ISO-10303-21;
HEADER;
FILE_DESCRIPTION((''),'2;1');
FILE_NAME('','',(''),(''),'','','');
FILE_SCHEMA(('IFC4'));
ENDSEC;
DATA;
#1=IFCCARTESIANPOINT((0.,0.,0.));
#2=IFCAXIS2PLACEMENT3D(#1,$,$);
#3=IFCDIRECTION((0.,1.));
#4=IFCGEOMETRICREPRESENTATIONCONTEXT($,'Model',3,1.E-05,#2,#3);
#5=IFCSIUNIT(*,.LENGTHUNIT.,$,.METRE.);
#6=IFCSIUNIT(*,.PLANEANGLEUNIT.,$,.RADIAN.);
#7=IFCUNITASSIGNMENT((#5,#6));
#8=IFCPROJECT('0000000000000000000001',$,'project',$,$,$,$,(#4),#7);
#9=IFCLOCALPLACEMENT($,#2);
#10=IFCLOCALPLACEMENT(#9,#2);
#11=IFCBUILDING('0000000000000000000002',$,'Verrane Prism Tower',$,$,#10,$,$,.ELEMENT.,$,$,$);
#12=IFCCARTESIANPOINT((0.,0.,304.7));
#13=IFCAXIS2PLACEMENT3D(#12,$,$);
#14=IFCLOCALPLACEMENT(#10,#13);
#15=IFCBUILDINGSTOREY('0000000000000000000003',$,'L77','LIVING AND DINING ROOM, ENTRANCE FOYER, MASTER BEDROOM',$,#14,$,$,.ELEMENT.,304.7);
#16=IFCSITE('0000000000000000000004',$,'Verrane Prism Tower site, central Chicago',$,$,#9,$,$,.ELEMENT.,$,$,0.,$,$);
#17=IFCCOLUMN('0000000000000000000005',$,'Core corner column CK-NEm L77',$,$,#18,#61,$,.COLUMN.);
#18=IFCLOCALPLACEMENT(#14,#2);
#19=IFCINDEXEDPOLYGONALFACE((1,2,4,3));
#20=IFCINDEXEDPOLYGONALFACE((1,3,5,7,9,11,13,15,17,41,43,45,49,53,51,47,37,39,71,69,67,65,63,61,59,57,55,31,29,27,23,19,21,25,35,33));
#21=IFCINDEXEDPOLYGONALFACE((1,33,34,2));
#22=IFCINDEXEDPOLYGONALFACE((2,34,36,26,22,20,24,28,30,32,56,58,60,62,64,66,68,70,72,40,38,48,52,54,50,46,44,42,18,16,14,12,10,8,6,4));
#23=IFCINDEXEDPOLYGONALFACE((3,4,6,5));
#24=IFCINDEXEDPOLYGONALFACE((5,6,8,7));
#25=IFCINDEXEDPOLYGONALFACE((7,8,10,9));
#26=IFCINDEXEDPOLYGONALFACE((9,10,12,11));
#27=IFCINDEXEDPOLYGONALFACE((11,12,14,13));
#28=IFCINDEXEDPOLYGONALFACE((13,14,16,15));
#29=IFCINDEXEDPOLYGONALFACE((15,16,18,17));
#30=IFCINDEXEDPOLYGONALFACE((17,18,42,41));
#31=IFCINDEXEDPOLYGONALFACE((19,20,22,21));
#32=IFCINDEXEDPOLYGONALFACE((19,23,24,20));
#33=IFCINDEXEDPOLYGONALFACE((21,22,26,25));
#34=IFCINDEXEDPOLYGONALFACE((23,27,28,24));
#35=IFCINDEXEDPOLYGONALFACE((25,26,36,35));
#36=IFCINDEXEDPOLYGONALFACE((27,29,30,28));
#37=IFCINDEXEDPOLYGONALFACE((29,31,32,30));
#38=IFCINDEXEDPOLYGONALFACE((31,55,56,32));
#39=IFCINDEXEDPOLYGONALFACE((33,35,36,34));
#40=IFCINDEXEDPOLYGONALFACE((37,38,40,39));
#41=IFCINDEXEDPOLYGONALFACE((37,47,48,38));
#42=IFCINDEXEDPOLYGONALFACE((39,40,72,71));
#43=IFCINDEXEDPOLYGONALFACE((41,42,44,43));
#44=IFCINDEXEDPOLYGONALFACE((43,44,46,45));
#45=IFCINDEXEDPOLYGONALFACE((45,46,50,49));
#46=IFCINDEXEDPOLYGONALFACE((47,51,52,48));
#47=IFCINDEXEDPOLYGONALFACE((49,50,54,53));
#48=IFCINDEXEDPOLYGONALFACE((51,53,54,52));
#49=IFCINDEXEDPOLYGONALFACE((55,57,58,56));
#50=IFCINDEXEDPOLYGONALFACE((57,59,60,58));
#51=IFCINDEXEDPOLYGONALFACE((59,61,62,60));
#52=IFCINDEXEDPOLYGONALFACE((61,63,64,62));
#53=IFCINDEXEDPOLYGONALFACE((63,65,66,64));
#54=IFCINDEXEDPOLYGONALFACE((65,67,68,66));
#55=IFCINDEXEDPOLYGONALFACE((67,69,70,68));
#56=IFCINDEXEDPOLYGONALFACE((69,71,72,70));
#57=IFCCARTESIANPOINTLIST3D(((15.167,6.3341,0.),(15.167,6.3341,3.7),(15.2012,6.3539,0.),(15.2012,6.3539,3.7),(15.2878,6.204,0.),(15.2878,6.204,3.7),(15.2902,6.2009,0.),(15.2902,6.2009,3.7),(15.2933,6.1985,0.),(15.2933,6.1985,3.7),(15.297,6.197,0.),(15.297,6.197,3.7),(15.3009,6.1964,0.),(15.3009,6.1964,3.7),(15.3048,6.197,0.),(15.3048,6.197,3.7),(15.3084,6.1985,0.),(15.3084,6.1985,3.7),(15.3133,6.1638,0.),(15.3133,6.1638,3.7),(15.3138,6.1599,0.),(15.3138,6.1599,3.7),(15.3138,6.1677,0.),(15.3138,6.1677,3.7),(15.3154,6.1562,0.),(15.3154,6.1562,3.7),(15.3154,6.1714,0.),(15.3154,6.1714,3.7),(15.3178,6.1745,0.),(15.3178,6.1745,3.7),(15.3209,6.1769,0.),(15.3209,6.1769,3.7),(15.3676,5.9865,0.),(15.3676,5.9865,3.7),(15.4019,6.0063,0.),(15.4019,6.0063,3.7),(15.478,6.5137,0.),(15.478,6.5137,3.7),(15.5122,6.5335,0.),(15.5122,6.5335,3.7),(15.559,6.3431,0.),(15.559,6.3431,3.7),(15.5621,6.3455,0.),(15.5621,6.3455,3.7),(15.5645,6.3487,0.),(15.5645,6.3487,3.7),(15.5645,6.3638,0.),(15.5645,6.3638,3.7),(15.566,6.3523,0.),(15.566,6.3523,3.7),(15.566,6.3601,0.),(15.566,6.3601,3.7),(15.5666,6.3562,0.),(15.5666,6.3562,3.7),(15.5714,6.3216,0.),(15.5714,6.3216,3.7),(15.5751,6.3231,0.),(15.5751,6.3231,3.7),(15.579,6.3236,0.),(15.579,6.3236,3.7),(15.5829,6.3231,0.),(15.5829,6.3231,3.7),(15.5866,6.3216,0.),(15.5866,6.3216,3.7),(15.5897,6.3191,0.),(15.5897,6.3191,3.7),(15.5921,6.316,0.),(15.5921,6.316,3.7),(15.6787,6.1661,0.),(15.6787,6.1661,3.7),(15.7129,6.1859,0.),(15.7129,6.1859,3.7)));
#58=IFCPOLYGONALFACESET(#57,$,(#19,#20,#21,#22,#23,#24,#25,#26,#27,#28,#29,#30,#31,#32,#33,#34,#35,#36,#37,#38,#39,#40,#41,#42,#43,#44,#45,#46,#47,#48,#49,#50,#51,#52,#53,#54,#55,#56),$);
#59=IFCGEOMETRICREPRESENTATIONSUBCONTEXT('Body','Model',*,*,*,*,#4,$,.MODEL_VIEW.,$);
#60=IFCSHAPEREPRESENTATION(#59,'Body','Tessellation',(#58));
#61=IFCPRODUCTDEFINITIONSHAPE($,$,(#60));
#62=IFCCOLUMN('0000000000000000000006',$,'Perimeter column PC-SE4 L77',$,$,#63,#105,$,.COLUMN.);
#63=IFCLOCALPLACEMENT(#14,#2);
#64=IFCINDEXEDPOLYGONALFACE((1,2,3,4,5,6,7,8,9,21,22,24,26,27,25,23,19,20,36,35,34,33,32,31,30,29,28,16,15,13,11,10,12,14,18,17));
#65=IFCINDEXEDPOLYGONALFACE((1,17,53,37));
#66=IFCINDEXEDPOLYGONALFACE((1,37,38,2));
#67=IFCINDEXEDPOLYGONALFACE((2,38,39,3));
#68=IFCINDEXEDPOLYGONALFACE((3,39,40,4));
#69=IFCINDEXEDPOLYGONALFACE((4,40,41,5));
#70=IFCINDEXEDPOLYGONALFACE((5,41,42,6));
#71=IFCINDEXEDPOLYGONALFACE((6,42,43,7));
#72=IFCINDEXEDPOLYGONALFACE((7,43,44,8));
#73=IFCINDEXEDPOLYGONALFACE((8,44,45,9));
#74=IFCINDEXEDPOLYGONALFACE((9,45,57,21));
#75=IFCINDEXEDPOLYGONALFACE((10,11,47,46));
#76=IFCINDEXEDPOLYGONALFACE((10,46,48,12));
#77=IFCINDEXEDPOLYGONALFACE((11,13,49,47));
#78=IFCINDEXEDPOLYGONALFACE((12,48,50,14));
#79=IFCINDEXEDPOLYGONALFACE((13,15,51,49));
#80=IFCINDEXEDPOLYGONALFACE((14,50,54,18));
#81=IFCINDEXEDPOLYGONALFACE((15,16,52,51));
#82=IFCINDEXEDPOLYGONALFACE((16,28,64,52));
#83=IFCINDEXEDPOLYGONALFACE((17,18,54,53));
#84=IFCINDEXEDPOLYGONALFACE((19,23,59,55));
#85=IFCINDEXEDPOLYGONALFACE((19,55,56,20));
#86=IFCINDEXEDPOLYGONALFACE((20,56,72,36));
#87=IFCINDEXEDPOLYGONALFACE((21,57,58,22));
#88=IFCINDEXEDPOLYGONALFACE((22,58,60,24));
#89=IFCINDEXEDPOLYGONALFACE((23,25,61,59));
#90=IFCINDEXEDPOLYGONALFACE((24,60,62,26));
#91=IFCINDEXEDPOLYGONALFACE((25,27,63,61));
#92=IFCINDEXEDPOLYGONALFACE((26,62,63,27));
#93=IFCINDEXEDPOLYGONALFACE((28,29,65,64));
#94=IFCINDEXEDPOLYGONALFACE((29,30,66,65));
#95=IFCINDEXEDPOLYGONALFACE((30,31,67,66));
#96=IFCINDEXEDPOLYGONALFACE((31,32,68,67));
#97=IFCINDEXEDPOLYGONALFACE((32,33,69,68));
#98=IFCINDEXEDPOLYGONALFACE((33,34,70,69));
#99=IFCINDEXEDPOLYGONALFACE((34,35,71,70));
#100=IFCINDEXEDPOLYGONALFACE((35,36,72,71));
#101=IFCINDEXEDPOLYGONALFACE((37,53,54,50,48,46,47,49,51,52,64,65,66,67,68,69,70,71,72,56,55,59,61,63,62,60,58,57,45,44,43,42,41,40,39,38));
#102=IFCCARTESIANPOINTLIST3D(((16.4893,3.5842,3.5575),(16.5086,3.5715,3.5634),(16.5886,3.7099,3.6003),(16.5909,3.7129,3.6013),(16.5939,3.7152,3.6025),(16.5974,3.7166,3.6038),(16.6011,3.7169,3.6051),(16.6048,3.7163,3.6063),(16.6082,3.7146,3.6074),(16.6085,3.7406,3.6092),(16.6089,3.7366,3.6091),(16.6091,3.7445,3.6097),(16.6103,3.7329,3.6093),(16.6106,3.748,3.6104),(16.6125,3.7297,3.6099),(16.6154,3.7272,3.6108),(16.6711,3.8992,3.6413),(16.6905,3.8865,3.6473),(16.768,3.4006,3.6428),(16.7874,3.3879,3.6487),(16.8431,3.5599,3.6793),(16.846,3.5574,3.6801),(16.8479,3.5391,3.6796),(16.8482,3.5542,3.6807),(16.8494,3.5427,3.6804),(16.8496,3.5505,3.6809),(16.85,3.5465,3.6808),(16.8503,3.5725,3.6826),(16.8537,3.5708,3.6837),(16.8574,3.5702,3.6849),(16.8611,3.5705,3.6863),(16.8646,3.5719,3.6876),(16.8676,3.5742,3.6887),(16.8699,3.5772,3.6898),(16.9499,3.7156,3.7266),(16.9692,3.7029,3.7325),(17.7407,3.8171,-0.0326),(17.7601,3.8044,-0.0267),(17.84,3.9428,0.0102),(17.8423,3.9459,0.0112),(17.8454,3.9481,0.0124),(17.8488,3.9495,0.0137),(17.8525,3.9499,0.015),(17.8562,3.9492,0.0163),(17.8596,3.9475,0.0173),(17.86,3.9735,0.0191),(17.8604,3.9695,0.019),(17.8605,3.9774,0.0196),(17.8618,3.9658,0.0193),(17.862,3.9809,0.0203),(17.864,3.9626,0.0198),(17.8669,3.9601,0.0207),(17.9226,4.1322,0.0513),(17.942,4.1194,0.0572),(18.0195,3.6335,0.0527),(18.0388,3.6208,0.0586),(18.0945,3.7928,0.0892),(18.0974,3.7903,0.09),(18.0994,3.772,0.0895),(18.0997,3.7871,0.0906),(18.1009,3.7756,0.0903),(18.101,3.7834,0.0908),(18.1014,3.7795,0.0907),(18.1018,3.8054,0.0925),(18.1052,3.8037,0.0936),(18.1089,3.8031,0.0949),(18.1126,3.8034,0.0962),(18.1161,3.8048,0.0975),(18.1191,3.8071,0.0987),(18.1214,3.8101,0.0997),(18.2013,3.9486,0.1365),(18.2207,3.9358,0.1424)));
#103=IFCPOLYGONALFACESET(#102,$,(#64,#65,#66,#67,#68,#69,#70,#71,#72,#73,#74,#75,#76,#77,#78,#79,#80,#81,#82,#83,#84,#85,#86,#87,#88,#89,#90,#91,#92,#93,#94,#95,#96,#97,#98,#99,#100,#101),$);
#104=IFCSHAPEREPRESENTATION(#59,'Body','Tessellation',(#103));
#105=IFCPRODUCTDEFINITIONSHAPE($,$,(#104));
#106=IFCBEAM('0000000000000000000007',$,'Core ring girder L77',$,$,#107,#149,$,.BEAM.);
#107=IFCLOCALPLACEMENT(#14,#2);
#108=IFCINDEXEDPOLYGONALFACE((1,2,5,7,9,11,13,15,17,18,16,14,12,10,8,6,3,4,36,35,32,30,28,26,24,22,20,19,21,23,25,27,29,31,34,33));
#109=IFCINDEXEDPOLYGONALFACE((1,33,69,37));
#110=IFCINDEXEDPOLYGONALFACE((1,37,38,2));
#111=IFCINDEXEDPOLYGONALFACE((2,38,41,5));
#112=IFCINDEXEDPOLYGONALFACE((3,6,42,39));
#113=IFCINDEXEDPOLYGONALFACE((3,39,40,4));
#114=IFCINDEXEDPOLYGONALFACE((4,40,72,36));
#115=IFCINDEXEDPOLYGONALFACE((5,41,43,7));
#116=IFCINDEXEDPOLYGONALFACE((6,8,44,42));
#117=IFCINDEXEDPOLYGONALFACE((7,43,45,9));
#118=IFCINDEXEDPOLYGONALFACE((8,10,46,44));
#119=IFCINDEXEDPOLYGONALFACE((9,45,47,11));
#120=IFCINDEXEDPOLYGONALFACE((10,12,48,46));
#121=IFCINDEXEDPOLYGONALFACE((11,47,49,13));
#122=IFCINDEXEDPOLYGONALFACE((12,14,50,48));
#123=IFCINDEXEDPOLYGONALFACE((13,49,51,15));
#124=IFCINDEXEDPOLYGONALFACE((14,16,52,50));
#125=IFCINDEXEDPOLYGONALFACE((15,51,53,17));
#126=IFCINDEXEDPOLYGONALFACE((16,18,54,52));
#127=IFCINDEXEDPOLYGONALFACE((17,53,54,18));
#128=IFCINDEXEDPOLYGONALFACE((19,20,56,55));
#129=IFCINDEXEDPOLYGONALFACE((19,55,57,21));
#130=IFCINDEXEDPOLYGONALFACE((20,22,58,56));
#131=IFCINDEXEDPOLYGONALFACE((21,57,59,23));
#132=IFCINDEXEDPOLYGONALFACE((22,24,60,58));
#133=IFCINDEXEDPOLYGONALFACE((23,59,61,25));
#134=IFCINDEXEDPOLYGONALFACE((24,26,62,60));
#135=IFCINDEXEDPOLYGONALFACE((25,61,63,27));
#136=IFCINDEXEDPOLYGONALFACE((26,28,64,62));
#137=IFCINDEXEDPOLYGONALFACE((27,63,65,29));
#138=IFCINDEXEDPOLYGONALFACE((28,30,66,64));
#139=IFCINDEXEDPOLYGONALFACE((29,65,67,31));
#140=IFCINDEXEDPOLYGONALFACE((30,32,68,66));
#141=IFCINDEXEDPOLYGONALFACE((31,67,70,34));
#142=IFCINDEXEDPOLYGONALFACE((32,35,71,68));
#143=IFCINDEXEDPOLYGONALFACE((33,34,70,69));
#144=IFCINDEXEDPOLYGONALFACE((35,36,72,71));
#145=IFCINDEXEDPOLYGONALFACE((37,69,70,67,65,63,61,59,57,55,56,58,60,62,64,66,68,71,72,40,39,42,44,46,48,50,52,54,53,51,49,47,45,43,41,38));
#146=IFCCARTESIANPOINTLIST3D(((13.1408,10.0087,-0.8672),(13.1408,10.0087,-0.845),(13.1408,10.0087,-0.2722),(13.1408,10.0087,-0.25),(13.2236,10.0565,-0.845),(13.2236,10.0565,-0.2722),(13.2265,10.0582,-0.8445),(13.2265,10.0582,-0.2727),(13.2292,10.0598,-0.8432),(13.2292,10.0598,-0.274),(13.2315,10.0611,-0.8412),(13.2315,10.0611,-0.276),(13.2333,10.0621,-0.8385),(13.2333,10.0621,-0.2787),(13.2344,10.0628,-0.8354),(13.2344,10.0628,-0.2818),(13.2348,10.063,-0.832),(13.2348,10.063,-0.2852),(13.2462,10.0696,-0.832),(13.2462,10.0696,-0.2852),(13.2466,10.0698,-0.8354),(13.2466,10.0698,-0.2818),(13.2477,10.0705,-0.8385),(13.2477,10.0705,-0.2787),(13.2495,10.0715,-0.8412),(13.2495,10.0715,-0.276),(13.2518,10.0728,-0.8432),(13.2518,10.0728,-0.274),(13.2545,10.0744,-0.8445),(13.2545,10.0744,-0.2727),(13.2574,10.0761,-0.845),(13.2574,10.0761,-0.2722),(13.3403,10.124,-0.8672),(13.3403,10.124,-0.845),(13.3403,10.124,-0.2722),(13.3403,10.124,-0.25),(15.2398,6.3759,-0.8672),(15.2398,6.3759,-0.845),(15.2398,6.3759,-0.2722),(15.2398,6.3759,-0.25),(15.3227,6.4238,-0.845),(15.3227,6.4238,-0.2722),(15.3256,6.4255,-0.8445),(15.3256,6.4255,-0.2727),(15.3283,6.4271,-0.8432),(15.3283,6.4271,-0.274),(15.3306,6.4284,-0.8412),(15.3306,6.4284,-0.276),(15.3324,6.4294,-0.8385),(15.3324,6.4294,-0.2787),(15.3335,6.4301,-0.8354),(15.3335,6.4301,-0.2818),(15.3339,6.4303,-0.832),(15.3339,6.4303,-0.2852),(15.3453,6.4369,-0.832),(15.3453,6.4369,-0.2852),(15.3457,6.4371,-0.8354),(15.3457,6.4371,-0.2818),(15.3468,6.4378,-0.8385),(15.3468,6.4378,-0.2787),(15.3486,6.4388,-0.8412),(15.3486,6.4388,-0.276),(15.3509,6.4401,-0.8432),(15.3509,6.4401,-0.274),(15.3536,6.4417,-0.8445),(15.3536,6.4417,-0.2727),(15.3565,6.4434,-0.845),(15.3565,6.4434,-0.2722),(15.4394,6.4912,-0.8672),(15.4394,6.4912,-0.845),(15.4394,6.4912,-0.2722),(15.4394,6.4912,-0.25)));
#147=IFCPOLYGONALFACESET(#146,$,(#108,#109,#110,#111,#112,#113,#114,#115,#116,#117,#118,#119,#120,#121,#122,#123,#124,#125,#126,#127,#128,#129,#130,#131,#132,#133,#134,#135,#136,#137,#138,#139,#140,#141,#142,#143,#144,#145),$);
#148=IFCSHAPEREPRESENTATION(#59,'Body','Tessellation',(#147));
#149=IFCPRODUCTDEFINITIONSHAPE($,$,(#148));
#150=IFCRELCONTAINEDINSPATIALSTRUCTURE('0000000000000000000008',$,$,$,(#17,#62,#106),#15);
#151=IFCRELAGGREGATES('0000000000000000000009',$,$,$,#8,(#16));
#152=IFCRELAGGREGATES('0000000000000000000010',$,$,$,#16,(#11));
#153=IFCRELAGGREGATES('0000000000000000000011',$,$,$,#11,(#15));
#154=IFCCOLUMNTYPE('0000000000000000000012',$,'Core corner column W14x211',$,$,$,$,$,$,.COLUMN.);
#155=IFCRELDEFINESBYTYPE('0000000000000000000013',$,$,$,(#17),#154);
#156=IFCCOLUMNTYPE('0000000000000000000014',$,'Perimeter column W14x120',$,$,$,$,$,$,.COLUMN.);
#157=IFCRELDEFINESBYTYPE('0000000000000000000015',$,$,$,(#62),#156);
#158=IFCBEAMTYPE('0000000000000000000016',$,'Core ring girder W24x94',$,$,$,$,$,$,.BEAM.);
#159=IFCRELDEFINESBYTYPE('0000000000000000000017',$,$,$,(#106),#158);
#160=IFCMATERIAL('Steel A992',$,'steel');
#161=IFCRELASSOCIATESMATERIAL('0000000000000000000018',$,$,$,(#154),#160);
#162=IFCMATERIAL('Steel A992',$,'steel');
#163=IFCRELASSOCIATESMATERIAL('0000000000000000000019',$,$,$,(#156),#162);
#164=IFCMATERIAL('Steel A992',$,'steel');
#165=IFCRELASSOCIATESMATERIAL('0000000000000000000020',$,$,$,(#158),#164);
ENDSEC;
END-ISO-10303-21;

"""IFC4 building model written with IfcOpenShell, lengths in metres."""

from ifc_helpers import new_model, si_unit, direction, frame, origin, origin_2d, place, context, subcontext, project, spatial, i_section, extrude, material, material_profile, profile_set, type_object, element, save


model = new_model("IFC4")

# Units and contexts
model_context = context("Model", 3, precision=1e-05, world=origin(), true_north=direction((0.0, 1.0)))
body_context = subcontext(model_context, "Body", "Model", "MODEL_VIEW")
ifc_project = project(units=[si_unit("LENGTHUNIT", "METRE"), si_unit("PLANEANGLEUNIT", "RADIAN")], contexts=[model_context])

# Site, building, storey
site_placement = place(None, origin())
site = spatial("IfcSite", under=ifc_project, at=site_placement, Name="Verrane Prism Tower site, central Chicago", CompositionType="ELEMENT", RefElevation=0.0)
building_placement = place(site_placement, origin())
building = spatial("IfcBuilding", under=site, at=building_placement, Name="Verrane Prism Tower", CompositionType="ELEMENT")
storey_placement = place(building_placement, frame((0.0, 0.0, 304.7)))
storey = spatial("IfcBuildingStorey", under=building, at=storey_placement, Name="L77", Description="LIVING AND DINING ROOM, ENTRANCE FOYER, MASTER BEDROOM", CompositionType="ELEMENT", Elevation=304.7)

# Columns
ifc_material_1 = material(Name="Steel A992", Category="steel")
ifc_material_profile_1 = material_profile(ifc_material_1, i_section(OverallWidth=0.4014, OverallDepth=0.3987, WebThickness=0.0249, FlangeThickness=0.0396, FilletRadius=0.0151, at=origin_2d()), Name="W14x211")
ifc_profile_set_1 = profile_set([ifc_material_profile_1], Name="Steel A992")
column_type_1 = type_object("IfcColumnType", Name="Core corner column W14x211", PredefinedType="COLUMN", material=ifc_profile_set_1)
column_1_placement = place(storey_placement, frame((15.4399, 6.26, 0.0), z_axis=(0.0, 0.0, 1.0), x_axis=(0.5, -0.866025, 0.0)))
element("IfcColumn", 1, at=column_1_placement, inside=storey, type_object=column_type_1, Name="Core corner column CK-NEm L77", PredefinedType="COLUMN", context=body_context, shape_type="SweptSolid", body=[
    extrude(i_section(OverallWidth=0.4014, OverallDepth=0.3987, WebThickness=0.0249, FlangeThickness=0.0396, FilletRadius=0.0151, at=origin_2d()), origin(), (0.0, 0.0, 1.0), 3.7),
])
ifc_material_2 = material(Name="Steel A992", Category="steel")
ifc_material_profile_2 = material_profile(ifc_material_2, i_section(OverallWidth=0.3733, OverallDepth=0.3684, WebThickness=0.0149, FlangeThickness=0.0239, FilletRadius=0.0151, at=origin_2d()), Name="W14x120")
ifc_profile_set_2 = profile_set([ifc_material_profile_2], Name="Steel A992")
column_type_2 = type_object("IfcColumnType", Name="Perimeter column W14x120", PredefinedType="COLUMN", material=ifc_profile_set_2)
column_2_placement = place(storey_placement, frame((17.9807, 3.8765, 0.0549), z_axis=(-0.328547, -0.061146, 0.942506), x_axis=(-0.487183, -0.84393, -0.224577)))
element("IfcColumn", 2, at=column_2_placement, inside=storey, type_object=column_type_2, Name="Perimeter column PC-SE4 L77", PredefinedType="COLUMN", context=body_context, shape_type="SweptSolid", body=[
    extrude(i_section(OverallWidth=0.3733, OverallDepth=0.3684, WebThickness=0.0149, FlangeThickness=0.0239, FilletRadius=0.0151, at=origin_2d()), origin(), (0.0, 0.0, 1.0), 3.8091),
])

# Beam
ifc_material_3 = material(Name="Steel A992", Category="steel")
ifc_material_profile_3 = material_profile(ifc_material_3, i_section(OverallWidth=0.2305, OverallDepth=0.6172, WebThickness=0.0132, FlangeThickness=0.0222, FilletRadius=0.0129, at=origin_2d()), Name="W24x94")
ifc_profile_set_3 = profile_set([ifc_material_profile_3], Name="Steel A992")
beam_type_1 = type_object("IfcBeamType", Name="Core ring girder W24x94", PredefinedType="BEAM", material=ifc_profile_set_3)
beam_1_placement = place(storey_placement, frame((15.3396, 6.4336, -0.5586), z_axis=(-0.500307, 0.865848, 0.0), x_axis=(-0.865848, -0.500307, 0.0)))
element("IfcBeam", 3, at=beam_1_placement, inside=storey, type_object=beam_type_1, Name="Core ring girder L77", PredefinedType="BEAM", context=body_context, shape_type="SweptSolid", body=[
    extrude(i_section(OverallWidth=0.2305, OverallDepth=0.6172, WebThickness=0.0132, FlangeThickness=0.0222, FilletRadius=0.0129, at=origin_2d()), origin(), (0.0, 0.0, 1.0), 4.1956),
])

save(model, "model.ifc")
